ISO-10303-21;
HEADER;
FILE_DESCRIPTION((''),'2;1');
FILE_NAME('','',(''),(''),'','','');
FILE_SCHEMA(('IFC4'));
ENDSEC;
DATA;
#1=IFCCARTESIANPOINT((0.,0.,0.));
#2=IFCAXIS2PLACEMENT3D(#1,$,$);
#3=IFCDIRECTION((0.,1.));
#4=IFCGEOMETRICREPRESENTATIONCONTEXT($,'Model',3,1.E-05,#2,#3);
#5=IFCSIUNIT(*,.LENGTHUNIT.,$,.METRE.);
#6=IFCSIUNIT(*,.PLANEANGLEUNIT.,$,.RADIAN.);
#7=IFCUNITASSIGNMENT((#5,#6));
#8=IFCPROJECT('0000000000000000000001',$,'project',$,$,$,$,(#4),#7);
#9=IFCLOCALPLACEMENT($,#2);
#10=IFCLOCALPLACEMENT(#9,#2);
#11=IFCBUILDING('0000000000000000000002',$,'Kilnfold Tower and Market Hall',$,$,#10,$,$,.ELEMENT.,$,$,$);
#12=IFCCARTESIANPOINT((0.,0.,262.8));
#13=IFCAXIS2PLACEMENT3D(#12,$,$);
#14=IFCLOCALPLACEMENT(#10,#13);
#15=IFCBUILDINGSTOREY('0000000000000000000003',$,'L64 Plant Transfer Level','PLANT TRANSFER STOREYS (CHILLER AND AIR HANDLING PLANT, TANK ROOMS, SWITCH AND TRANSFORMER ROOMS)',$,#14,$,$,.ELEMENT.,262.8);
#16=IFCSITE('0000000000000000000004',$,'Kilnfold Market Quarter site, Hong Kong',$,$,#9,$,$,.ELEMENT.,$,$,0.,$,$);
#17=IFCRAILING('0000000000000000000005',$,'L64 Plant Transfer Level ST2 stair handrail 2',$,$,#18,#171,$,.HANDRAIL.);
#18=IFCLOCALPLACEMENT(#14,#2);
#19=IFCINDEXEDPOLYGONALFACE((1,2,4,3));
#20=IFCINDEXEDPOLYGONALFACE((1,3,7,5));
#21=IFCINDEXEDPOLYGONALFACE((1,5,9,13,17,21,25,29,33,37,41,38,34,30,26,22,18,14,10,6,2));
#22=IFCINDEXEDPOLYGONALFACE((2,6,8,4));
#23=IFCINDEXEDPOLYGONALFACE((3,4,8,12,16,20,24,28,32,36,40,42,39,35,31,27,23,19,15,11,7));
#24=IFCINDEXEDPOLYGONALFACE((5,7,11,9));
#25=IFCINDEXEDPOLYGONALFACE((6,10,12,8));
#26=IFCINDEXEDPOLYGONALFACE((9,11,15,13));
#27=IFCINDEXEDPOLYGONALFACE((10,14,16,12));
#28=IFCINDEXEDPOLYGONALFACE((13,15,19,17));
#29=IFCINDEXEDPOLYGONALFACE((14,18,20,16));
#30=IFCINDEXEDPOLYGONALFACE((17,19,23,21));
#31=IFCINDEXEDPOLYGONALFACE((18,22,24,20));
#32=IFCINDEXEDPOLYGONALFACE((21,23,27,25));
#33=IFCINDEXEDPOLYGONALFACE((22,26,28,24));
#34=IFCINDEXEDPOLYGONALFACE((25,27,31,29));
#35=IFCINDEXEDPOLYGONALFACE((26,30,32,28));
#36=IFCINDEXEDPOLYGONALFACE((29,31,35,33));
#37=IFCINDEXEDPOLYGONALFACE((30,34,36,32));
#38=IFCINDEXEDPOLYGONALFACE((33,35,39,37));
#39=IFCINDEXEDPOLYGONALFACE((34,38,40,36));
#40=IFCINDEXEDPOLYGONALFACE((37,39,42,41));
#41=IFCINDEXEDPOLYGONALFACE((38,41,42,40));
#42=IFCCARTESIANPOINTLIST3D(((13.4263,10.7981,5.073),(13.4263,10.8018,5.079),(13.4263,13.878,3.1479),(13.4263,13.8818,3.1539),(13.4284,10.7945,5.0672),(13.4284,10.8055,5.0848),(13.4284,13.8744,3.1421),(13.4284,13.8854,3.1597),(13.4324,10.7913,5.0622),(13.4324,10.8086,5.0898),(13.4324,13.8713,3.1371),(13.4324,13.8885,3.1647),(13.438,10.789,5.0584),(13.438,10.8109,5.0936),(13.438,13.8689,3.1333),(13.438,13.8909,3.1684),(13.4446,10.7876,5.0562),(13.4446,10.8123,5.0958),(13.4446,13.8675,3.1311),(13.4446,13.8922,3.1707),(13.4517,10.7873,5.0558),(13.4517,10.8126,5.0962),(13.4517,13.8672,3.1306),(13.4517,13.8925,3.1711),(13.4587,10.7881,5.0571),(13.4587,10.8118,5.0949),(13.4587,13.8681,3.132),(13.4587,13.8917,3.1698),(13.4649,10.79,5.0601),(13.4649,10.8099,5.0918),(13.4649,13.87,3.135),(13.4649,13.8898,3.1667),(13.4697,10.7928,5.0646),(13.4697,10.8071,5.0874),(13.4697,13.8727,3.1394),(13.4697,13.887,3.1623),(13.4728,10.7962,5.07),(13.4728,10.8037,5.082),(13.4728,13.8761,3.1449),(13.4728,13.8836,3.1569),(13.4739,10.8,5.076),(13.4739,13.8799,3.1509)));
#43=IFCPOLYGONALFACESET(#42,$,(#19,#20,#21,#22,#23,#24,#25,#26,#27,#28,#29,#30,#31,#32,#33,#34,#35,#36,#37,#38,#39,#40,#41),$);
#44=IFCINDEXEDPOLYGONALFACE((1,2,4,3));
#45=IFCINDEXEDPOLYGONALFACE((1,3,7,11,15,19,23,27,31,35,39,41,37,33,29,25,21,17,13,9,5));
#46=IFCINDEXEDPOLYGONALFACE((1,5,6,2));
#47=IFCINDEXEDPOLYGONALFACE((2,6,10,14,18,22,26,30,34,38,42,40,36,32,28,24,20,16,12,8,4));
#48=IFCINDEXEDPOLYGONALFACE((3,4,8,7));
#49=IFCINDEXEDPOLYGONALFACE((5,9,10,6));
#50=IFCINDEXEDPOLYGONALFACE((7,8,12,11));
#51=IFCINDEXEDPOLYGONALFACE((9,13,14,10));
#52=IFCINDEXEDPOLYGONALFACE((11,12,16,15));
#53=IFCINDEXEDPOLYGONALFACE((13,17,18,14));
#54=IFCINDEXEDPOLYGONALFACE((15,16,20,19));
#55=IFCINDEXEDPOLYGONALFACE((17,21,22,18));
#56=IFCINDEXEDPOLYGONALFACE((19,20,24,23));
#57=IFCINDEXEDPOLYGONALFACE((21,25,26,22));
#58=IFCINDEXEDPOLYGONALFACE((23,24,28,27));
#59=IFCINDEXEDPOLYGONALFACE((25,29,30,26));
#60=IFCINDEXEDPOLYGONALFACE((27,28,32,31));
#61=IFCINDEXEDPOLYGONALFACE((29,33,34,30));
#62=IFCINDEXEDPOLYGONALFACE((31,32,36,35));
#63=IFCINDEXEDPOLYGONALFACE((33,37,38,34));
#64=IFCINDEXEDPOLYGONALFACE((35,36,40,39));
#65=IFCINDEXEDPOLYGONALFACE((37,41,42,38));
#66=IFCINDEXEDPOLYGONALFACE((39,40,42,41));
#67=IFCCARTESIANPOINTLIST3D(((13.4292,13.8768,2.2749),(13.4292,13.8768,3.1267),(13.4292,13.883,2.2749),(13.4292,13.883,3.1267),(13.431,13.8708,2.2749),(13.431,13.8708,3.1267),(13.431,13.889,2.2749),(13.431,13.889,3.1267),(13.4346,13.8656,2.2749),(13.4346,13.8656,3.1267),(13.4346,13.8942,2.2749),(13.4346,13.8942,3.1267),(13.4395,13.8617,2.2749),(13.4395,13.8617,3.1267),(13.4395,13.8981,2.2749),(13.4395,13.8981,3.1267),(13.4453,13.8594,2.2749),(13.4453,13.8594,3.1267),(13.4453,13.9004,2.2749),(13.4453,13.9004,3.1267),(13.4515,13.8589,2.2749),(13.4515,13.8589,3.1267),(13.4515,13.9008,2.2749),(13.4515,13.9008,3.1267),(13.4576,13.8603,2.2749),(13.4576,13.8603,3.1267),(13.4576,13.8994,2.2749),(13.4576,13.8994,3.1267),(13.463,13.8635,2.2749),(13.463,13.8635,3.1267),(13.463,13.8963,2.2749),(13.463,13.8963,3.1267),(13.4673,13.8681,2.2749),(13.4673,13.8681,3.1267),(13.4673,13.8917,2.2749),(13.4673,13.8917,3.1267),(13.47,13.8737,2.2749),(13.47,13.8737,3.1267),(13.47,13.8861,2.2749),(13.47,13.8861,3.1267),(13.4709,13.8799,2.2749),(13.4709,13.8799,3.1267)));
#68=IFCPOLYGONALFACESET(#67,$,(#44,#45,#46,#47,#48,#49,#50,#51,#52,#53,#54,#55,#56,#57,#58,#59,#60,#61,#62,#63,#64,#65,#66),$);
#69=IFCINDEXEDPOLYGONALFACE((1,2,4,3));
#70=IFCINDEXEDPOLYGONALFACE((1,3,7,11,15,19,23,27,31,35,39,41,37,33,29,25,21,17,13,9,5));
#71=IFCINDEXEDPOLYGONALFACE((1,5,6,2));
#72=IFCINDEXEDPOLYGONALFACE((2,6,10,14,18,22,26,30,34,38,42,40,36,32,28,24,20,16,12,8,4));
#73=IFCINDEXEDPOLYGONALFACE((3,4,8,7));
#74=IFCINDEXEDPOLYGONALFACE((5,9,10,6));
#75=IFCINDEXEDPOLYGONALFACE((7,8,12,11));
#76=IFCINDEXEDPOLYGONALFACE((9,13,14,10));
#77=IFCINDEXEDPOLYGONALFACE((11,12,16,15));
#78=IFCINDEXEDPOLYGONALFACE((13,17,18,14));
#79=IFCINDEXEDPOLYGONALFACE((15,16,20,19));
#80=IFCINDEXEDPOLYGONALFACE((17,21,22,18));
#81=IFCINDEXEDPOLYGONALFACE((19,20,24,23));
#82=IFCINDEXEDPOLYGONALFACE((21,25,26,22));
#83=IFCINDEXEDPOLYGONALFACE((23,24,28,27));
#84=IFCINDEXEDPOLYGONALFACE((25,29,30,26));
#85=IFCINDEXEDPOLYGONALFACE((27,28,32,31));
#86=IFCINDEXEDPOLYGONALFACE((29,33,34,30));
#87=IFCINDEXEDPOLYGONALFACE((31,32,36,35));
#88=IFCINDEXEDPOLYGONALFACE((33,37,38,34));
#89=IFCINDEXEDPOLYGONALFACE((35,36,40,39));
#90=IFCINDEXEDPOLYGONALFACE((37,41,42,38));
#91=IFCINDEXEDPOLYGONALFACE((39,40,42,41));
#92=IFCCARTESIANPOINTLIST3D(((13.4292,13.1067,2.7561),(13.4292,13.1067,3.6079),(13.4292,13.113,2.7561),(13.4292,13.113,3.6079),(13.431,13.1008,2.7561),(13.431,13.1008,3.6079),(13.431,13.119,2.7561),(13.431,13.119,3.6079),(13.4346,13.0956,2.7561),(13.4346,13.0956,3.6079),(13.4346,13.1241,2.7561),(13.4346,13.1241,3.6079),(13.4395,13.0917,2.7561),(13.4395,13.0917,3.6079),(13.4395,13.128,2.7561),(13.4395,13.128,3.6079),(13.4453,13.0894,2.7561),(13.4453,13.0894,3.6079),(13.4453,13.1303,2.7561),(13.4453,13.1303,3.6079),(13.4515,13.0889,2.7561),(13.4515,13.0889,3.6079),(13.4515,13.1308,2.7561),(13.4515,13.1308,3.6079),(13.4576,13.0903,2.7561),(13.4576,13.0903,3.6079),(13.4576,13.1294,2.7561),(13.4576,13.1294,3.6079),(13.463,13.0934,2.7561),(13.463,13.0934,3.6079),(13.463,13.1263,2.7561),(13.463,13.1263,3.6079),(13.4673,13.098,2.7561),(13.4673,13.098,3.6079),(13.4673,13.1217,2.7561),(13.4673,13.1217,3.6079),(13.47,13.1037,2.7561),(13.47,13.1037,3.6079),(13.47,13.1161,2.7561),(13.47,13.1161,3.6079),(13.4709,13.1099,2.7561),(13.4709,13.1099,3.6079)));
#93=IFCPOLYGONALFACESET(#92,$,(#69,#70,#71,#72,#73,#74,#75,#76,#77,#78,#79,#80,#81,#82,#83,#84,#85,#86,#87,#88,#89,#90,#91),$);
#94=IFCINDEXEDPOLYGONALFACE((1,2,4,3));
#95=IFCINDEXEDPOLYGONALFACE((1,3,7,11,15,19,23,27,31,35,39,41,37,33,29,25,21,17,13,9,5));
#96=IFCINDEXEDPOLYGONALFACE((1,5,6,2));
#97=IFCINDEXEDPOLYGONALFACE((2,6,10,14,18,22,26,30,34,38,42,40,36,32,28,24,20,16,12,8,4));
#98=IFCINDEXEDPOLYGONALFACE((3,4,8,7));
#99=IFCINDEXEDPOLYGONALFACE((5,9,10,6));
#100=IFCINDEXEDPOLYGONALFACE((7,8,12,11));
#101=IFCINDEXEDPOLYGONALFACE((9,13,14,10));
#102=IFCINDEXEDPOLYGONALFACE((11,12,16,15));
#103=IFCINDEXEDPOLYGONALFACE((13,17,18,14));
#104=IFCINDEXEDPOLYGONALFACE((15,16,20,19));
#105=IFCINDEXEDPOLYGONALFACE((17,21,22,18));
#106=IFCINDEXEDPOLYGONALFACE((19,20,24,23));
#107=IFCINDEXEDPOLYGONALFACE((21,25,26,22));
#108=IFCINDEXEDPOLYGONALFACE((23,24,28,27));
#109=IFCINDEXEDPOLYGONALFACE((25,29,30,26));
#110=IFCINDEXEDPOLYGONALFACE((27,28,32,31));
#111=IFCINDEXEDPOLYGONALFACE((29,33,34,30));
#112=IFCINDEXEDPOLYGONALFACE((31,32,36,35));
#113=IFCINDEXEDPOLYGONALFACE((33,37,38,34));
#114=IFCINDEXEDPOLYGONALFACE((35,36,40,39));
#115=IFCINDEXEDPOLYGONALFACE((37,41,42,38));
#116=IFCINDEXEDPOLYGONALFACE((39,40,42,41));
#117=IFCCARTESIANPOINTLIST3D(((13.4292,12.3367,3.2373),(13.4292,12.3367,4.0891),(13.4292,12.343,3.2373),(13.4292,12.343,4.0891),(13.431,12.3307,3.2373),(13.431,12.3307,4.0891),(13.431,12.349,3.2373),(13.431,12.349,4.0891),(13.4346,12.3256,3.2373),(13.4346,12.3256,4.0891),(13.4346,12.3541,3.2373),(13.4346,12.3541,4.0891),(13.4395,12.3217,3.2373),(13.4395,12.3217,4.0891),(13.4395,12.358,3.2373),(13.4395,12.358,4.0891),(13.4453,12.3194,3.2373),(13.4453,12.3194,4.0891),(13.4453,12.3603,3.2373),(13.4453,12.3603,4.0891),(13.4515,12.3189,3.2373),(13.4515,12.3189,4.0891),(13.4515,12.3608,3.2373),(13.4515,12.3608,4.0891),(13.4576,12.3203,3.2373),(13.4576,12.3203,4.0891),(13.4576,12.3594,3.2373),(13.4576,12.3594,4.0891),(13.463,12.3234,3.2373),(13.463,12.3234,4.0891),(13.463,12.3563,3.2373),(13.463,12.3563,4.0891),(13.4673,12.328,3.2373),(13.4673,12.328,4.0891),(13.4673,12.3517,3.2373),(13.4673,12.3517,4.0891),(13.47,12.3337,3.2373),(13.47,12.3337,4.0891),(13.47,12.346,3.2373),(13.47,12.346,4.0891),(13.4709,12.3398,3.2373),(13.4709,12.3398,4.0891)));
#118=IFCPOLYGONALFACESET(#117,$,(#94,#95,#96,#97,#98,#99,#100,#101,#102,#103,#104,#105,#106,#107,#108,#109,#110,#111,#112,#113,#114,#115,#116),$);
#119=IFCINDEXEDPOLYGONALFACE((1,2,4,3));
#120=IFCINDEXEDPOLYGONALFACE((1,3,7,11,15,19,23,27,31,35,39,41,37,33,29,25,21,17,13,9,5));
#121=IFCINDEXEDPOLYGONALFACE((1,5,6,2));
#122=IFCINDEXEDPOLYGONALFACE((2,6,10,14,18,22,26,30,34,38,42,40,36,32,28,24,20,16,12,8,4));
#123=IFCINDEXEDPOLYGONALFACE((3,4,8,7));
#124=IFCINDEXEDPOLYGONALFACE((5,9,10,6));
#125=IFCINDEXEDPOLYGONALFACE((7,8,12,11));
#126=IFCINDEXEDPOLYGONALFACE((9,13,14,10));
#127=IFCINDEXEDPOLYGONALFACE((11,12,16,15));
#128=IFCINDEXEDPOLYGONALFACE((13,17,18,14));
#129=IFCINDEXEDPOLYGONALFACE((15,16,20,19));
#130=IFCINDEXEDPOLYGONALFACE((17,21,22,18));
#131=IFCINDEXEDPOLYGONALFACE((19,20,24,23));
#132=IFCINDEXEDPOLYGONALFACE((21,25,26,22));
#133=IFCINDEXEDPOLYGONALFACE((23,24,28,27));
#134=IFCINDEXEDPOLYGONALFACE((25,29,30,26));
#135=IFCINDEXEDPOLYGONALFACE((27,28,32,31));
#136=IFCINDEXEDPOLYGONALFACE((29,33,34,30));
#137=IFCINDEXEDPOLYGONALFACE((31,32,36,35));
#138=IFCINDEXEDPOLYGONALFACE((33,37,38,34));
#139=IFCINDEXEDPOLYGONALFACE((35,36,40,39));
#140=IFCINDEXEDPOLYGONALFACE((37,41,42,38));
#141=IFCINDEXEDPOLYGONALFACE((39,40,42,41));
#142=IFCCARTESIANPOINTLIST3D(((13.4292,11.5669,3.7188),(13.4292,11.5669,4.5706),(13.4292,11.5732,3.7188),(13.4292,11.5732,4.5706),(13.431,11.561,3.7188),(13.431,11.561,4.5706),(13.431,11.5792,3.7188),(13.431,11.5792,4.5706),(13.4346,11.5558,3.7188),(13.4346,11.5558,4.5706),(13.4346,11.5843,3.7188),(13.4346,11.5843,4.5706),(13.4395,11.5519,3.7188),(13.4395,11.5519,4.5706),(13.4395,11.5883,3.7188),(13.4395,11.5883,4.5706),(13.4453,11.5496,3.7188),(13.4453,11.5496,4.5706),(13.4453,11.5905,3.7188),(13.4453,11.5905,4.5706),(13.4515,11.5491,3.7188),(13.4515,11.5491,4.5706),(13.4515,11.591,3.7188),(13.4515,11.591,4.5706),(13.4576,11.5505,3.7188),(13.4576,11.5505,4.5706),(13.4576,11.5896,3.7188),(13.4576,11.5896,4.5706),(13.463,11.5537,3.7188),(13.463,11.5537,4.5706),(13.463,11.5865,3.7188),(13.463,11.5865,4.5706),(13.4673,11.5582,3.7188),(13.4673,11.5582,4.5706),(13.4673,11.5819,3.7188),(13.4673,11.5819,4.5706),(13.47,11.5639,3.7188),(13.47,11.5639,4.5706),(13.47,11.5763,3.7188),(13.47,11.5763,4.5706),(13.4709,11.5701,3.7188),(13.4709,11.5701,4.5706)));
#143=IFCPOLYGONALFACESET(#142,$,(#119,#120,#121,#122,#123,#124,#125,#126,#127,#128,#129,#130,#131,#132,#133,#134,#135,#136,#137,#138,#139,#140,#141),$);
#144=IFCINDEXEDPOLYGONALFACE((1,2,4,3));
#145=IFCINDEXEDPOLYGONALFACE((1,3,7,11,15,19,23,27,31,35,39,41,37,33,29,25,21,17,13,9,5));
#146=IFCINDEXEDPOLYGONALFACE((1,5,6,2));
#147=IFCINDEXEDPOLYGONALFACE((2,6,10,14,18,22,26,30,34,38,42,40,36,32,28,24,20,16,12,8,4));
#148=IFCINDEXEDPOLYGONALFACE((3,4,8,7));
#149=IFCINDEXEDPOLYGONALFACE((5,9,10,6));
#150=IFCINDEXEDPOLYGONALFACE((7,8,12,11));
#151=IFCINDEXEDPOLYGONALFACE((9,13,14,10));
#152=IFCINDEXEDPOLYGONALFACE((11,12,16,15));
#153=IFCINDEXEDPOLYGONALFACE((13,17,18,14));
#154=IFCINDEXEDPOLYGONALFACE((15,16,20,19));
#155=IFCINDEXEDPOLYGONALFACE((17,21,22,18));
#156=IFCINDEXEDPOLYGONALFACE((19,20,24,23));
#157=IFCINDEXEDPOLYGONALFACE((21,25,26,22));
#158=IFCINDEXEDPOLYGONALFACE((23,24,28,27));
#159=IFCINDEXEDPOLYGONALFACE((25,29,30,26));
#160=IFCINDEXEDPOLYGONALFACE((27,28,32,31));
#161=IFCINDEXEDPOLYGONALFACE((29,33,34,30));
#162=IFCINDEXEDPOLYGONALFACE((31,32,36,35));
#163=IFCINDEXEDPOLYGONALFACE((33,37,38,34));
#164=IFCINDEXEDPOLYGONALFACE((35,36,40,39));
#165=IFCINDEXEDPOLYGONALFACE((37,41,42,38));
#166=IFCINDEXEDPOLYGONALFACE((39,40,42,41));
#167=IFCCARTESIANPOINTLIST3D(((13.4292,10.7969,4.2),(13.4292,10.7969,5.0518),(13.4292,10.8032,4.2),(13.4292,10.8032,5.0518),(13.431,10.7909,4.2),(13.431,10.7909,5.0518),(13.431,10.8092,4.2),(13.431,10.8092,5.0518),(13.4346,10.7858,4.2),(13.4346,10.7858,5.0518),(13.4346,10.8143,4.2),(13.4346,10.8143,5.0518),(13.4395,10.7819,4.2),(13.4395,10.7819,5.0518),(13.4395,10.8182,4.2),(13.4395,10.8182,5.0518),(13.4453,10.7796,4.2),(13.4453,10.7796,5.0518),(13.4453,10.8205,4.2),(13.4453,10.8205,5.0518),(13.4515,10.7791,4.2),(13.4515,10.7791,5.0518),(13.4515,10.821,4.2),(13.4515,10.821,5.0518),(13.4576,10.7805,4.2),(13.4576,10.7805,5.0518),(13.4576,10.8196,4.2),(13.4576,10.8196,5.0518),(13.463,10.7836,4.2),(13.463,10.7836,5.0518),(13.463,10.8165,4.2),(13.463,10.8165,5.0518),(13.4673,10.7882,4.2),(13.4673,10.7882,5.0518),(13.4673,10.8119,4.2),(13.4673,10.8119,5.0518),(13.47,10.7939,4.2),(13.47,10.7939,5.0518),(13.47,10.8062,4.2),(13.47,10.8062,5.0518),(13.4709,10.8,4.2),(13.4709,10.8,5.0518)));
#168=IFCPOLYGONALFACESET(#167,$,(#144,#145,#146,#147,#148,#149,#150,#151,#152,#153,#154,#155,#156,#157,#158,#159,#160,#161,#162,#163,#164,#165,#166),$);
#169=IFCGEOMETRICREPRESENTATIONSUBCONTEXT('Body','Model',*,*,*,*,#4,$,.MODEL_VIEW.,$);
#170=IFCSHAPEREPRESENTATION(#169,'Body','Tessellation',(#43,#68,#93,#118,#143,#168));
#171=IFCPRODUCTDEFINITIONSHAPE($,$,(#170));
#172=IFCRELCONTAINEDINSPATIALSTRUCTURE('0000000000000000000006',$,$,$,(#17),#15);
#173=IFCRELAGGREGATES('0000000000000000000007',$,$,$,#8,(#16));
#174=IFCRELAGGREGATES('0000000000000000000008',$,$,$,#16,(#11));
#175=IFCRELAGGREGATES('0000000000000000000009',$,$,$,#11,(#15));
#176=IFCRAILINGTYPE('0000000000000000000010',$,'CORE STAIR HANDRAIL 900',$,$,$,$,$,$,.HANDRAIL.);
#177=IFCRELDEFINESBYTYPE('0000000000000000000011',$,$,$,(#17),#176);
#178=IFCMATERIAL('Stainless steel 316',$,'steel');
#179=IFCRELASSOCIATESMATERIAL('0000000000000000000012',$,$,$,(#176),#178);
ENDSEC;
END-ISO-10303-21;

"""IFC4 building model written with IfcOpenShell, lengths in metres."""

from ifc_helpers import new_model, si_unit, direction, frame, origin, origin_2d, place, context, subcontext, project, spatial, circle, extrude, material, type_object, element, save


model = new_model("IFC4")

# Units and contexts
model_context = context("Model", 3, precision=1e-05, world=origin(), true_north=direction((0.0, 1.0)))
body_context = subcontext(model_context, "Body", "Model", "MODEL_VIEW")
ifc_project = project(units=[si_unit("LENGTHUNIT", "METRE"), si_unit("PLANEANGLEUNIT", "RADIAN")], contexts=[model_context])

# Site, building, storey
site_placement = place(None, origin())
site = spatial("IfcSite", under=ifc_project, at=site_placement, Name="Kilnfold Market Quarter site, Hong Kong", CompositionType="ELEMENT", RefElevation=0.0)
building_placement = place(site_placement, origin())
building = spatial("IfcBuilding", under=site, at=building_placement, Name="Kilnfold Tower and Market Hall", CompositionType="ELEMENT")
storey_placement = place(building_placement, frame((0.0, 0.0, 262.8)))
storey = spatial("IfcBuildingStorey", under=building, at=storey_placement, Name="L64 Plant Transfer Level", Description="PLANT TRANSFER STOREYS (CHILLER AND AIR HANDLING PLANT, TANK ROOMS, SWITCH AND TRANSFORMER ROOMS)", CompositionType="ELEMENT", Elevation=262.8)

# Railing
ifc_material_1 = material(Name="Stainless steel 316", Category="steel")
railing_type_1 = type_object("IfcRailingType", Name="CORE STAIR HANDRAIL 900", PredefinedType="HANDRAIL", material=ifc_material_1)
railing_1_placement = place(storey_placement, frame((13.45, 13.8799, 2.2749)))
element("IfcRailing", 1, at=railing_1_placement, inside=storey, type_object=railing_type_1, Name="L64 Plant Transfer Level ST2 stair handrail 2", PredefinedType="HANDRAIL", context=body_context, shape_type="SweptSolid", body=[
    extrude(circle(Radius=0.0239, at=origin_2d()), frame((0.0, 0.0, 0.876), z_axis=(0.0, -0.847979, 0.530029), x_axis=(1.0, 0.0, 0.0)), (0.0, 0.0, 1.0), 3.6321),
    extrude(circle(Radius=0.021, at=origin_2d()), origin(), (0.0, 0.0, 1.0), 0.8518),
    extrude(circle(Radius=0.021, at=origin_2d()), frame((0.0, -0.77, 0.4812)), (0.0, 0.0, 1.0), 0.8518),
    extrude(circle(Radius=0.021, at=origin_2d()), frame((0.0, -1.54, 0.9624)), (0.0, 0.0, 1.0), 0.8518),
    extrude(circle(Radius=0.021, at=origin_2d()), frame((0.0, -2.3098, 1.4438)), (0.0, 0.0, 1.0), 0.8518),
    extrude(circle(Radius=0.021, at=origin_2d()), frame((0.0, -3.0798, 1.925)), (0.0, 0.0, 1.0), 0.8518),
])

save(model, "model.ifc")
